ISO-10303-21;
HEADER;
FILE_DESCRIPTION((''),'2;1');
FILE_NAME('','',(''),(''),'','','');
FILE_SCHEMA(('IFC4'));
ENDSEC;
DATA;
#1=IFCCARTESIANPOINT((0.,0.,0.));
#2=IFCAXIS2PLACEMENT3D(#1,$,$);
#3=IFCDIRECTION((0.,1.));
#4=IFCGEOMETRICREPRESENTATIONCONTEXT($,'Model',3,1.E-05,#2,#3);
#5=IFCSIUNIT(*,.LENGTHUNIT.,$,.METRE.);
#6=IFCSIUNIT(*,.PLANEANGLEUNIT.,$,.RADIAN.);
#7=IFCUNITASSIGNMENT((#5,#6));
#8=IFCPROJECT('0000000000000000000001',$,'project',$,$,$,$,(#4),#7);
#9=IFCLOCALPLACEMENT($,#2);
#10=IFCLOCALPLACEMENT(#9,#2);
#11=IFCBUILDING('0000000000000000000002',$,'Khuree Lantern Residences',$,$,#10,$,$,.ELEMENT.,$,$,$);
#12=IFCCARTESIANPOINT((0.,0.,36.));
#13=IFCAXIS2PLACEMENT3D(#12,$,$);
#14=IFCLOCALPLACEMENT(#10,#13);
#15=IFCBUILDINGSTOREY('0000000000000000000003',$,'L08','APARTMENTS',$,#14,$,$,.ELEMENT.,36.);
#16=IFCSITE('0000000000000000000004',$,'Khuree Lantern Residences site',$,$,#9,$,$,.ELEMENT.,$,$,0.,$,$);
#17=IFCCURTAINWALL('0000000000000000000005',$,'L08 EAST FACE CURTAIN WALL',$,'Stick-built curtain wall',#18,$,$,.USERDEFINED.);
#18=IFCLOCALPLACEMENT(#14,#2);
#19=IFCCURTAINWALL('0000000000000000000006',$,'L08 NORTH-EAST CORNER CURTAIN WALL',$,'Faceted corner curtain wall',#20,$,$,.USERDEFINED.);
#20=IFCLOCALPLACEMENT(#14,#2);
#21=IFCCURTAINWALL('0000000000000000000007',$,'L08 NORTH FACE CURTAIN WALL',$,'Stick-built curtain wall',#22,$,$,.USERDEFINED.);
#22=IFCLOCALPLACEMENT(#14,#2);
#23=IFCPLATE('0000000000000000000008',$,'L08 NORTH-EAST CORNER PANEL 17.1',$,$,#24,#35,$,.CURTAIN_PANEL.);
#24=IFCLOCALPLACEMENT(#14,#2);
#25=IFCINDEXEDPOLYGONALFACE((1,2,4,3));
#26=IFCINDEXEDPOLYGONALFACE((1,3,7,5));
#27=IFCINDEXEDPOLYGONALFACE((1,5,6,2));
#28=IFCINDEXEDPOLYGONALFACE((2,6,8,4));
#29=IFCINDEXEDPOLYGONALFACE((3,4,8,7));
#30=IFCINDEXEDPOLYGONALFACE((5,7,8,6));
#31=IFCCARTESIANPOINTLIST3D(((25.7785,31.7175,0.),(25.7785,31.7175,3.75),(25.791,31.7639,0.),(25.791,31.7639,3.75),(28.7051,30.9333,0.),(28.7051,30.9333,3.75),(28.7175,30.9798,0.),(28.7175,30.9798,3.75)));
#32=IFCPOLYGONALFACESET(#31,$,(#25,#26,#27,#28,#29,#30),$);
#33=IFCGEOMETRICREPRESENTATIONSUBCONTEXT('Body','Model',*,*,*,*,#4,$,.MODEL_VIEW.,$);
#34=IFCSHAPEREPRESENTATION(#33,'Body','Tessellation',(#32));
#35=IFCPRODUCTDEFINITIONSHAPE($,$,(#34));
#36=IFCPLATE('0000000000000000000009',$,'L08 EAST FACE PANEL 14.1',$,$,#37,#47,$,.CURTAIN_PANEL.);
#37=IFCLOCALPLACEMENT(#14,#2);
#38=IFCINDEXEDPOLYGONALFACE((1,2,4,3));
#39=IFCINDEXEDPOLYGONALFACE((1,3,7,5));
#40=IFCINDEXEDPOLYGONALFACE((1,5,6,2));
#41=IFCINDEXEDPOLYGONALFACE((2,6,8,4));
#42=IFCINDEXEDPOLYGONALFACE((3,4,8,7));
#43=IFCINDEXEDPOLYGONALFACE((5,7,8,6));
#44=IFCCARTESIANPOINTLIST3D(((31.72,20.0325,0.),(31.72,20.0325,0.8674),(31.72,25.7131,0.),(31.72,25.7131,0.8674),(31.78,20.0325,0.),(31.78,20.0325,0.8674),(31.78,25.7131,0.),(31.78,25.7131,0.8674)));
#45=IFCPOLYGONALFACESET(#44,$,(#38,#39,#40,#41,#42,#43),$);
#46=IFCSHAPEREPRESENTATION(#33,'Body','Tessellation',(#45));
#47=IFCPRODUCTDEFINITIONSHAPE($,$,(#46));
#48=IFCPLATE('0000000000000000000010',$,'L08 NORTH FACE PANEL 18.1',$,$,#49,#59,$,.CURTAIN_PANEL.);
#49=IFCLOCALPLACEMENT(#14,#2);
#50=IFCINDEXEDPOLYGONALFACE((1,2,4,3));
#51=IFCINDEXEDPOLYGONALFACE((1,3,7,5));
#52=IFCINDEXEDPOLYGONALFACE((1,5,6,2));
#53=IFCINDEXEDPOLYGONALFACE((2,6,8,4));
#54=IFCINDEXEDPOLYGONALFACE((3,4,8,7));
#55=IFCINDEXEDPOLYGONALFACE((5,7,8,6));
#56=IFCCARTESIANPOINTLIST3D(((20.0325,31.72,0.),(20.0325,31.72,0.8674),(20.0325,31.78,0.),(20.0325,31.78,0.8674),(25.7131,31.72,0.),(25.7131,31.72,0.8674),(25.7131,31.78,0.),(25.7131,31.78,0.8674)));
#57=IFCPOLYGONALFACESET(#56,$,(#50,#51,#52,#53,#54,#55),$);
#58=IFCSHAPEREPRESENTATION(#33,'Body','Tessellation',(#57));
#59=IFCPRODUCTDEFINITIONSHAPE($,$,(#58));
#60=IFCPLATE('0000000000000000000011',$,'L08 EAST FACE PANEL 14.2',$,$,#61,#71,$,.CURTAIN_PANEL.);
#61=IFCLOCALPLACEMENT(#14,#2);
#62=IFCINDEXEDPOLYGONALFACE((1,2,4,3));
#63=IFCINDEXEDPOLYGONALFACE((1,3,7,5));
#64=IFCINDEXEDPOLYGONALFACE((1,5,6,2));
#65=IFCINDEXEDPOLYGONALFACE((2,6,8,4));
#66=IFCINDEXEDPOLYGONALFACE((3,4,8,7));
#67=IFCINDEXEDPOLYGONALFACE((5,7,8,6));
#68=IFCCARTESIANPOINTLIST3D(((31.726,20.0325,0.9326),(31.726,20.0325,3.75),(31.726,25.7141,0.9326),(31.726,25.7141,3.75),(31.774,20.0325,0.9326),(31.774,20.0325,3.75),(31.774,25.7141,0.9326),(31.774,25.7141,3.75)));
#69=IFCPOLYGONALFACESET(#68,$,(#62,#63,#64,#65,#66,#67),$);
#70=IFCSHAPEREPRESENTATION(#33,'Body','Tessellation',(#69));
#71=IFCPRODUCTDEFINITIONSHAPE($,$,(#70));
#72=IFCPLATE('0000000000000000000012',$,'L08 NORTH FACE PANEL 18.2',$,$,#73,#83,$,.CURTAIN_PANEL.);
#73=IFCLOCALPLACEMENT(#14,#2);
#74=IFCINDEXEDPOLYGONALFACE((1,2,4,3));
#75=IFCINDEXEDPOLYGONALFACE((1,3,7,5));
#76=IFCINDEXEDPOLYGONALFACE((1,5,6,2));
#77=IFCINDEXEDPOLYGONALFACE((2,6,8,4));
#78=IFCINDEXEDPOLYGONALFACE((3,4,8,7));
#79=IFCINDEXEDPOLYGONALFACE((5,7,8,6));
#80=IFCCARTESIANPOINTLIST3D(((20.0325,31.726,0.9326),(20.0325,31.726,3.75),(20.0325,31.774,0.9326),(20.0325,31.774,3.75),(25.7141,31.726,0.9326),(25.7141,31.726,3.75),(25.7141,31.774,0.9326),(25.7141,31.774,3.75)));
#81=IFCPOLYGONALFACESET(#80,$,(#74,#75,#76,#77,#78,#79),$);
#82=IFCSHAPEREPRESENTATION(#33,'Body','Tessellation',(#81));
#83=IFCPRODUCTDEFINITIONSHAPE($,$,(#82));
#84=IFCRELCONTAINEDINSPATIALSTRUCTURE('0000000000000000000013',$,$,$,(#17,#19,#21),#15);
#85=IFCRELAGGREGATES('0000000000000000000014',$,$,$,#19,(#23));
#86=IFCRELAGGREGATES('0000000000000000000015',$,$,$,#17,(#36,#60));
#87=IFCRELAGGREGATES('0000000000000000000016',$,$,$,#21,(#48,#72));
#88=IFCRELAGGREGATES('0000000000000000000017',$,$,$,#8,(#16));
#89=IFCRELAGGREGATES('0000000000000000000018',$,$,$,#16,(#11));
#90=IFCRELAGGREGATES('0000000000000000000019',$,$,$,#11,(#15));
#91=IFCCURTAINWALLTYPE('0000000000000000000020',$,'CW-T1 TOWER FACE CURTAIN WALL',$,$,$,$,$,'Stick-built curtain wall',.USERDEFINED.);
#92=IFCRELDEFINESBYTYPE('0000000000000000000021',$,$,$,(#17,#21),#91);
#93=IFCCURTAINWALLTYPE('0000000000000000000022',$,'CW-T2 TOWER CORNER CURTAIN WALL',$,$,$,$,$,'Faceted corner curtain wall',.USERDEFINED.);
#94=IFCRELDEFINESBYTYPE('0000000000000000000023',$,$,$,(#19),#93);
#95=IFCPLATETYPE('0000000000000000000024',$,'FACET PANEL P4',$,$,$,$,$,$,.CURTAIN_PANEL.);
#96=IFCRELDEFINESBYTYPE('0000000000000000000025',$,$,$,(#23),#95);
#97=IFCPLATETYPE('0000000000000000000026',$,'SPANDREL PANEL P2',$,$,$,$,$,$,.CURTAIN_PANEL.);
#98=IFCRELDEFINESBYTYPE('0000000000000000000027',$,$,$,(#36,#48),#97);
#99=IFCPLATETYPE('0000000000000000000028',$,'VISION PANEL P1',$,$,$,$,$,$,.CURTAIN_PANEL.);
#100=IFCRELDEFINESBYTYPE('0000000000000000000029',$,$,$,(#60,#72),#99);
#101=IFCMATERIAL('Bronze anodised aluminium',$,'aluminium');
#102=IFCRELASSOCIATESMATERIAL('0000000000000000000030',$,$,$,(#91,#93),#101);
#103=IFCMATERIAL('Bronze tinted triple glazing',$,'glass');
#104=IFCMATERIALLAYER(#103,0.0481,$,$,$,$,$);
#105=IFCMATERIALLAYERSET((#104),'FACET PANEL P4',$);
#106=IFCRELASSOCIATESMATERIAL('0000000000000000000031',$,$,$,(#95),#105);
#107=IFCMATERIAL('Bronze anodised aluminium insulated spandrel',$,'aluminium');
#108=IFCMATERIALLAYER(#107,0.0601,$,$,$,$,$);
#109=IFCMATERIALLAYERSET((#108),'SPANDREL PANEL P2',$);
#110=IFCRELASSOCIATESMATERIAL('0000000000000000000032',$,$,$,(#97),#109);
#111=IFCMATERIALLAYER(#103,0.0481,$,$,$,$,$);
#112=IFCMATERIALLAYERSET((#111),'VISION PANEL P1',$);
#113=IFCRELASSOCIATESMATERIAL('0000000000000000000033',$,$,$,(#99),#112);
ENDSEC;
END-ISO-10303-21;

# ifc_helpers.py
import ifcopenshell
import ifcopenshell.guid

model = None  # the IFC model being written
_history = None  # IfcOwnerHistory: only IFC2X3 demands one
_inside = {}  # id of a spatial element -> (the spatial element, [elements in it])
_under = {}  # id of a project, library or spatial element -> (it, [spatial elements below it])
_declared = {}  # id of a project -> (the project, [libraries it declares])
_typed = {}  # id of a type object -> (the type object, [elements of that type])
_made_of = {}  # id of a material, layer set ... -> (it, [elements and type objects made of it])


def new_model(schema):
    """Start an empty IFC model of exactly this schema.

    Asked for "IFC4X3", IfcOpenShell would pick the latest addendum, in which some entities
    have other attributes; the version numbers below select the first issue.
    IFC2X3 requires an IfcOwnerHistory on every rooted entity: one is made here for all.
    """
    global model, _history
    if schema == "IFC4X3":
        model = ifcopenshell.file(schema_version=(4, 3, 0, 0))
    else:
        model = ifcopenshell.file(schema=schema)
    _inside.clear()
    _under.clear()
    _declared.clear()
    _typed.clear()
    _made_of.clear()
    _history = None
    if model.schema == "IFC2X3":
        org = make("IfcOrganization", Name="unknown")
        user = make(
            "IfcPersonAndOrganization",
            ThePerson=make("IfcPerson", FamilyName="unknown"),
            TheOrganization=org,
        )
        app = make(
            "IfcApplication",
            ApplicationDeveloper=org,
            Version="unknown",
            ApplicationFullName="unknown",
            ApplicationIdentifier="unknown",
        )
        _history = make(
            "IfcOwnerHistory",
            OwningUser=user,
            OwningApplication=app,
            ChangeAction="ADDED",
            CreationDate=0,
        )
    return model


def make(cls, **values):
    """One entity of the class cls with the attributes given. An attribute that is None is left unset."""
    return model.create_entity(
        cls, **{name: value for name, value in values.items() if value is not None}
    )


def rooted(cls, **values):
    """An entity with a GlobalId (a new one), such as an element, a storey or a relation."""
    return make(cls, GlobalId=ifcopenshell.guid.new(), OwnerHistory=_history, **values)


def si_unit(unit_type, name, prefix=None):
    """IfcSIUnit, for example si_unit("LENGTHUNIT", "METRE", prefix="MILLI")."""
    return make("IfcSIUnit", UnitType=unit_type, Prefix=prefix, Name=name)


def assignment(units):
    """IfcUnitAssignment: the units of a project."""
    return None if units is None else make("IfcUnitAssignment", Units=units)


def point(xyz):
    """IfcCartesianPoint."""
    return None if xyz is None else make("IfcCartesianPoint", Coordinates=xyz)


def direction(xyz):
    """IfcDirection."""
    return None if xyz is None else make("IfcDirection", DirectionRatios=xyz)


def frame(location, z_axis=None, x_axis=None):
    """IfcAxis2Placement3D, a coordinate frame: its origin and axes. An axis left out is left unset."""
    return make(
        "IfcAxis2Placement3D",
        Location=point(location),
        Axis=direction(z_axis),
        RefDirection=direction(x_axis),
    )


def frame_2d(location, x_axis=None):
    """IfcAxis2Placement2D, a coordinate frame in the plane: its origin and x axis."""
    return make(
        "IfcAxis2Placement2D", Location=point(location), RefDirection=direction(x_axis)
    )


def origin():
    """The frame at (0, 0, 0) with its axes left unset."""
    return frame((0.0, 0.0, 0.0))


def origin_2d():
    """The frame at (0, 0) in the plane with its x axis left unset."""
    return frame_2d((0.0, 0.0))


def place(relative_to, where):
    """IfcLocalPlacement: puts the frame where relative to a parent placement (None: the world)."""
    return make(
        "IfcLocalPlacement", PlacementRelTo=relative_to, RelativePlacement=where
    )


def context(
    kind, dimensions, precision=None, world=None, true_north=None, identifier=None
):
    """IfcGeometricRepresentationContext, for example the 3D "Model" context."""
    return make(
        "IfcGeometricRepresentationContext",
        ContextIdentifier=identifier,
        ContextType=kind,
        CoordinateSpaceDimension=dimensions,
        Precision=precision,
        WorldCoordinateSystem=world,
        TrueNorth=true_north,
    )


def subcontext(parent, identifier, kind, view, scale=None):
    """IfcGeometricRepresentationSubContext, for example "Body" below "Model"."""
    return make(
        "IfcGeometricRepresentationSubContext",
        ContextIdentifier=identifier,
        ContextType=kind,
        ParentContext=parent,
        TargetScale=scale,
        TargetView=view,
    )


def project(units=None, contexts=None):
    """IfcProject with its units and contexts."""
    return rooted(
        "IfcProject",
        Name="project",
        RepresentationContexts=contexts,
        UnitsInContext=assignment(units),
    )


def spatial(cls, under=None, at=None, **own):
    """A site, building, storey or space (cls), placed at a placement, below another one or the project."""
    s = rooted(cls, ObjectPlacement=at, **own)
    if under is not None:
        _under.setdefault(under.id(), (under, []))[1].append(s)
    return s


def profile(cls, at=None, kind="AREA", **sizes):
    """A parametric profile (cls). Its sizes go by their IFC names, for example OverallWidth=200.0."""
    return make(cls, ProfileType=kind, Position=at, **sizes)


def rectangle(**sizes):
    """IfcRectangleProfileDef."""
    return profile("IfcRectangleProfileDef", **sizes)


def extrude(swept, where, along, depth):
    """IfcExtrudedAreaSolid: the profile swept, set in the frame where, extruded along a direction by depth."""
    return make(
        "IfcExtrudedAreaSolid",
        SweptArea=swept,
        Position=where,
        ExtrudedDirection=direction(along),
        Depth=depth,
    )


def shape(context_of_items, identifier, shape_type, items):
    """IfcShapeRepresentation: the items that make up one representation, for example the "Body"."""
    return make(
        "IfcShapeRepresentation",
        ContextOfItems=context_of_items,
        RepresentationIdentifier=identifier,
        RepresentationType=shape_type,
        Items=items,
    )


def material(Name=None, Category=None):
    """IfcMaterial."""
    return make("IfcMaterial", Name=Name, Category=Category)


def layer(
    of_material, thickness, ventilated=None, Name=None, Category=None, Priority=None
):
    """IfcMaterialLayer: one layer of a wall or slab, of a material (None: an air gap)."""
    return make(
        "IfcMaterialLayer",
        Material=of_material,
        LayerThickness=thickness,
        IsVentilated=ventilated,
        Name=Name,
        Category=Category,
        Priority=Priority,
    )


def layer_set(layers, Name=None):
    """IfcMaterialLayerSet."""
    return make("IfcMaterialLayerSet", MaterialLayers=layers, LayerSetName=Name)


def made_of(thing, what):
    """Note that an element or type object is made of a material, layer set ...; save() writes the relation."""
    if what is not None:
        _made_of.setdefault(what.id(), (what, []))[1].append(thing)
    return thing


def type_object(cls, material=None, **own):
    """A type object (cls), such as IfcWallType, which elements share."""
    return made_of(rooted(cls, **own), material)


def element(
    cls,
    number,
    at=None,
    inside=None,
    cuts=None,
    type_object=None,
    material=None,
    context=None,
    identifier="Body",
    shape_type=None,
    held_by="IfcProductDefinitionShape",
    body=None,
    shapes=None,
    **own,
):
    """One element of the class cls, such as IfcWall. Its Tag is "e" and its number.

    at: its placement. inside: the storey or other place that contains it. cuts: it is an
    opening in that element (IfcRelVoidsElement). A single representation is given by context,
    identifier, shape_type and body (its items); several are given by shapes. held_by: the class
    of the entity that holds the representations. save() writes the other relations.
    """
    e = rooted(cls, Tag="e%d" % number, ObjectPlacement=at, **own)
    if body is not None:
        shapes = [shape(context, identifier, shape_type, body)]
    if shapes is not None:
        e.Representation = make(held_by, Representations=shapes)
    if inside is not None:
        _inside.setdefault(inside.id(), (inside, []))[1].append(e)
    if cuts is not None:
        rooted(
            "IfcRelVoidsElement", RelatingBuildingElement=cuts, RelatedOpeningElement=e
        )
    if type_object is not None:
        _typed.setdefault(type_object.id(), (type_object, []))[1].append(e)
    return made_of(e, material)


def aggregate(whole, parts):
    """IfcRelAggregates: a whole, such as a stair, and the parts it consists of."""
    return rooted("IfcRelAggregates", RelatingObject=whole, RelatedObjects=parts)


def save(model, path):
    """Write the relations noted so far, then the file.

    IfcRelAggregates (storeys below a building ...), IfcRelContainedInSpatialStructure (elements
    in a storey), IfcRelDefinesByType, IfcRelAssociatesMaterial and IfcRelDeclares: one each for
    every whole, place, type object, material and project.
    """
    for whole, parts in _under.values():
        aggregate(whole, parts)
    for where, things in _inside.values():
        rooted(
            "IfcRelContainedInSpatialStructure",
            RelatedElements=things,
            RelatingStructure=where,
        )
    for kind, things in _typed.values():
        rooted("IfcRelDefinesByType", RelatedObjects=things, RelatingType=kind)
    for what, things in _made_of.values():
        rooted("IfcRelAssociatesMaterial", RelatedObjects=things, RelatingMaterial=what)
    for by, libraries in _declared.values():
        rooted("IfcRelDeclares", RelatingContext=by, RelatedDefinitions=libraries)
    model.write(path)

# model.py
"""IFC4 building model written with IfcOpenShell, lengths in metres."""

from ifc_helpers import new_model, si_unit, direction, frame, origin, origin_2d, place, context, subcontext, project, spatial, rectangle, extrude, material, layer, layer_set, type_object, element, aggregate, save


model = new_model("IFC4")

# Units and contexts
model_context = context("Model", 3, precision=1e-05, world=origin(), true_north=direction((0.0, 1.0)))
body_context = subcontext(model_context, "Body", "Model", "MODEL_VIEW")
ifc_project = project(units=[si_unit("LENGTHUNIT", "METRE"), si_unit("PLANEANGLEUNIT", "RADIAN")], contexts=[model_context])

# Site, building, storey
site_placement = place(None, origin())
site = spatial("IfcSite", under=ifc_project, at=site_placement, Name="Khuree Lantern Residences site", CompositionType="ELEMENT", RefElevation=0.0)
building_placement = place(site_placement, origin())
building = spatial("IfcBuilding", under=site, at=building_placement, Name="Khuree Lantern Residences", CompositionType="ELEMENT")
storey_placement = place(building_placement, frame((0.0, 0.0, 36.0)))
storey = spatial("IfcBuildingStorey", under=building, at=storey_placement, Name="L08", Description="APARTMENTS", CompositionType="ELEMENT", Elevation=36.0)

# Curtain walls
ifc_material_1 = material(Name="Bronze anodised aluminium", Category="aluminium")
curtain_wall_type_1 = type_object("IfcCurtainWallType", Name="CW-T1 TOWER FACE CURTAIN WALL", ElementType="Stick-built curtain wall", PredefinedType="USERDEFINED", material=ifc_material_1)
curtain_wall_1_placement = place(storey_placement, origin())
curtain_wall_1 = element("IfcCurtainWall", 1, at=curtain_wall_1_placement, inside=storey, type_object=curtain_wall_type_1, Name="L08 EAST FACE CURTAIN WALL", ObjectType="Stick-built curtain wall", PredefinedType="USERDEFINED")
curtain_wall_type_2 = type_object("IfcCurtainWallType", Name="CW-T2 TOWER CORNER CURTAIN WALL", ElementType="Faceted corner curtain wall", PredefinedType="USERDEFINED", material=ifc_material_1)
curtain_wall_2_placement = place(storey_placement, origin())
curtain_wall_2 = element("IfcCurtainWall", 2, at=curtain_wall_2_placement, inside=storey, type_object=curtain_wall_type_2, Name="L08 NORTH-EAST CORNER CURTAIN WALL", ObjectType="Faceted corner curtain wall", PredefinedType="USERDEFINED")

# Curtain wall
curtain_wall_3_placement = place(storey_placement, origin())
curtain_wall_3 = element("IfcCurtainWall", 3, at=curtain_wall_3_placement, inside=storey, type_object=curtain_wall_type_1, Name="L08 NORTH FACE CURTAIN WALL", ObjectType="Stick-built curtain wall", PredefinedType="USERDEFINED")

# Plates
ifc_material_2 = material(Name="Bronze tinted triple glazing", Category="glass")
ifc_layer_1 = layer(ifc_material_2, 0.0481)
ifc_layer_set_1 = layer_set([ifc_layer_1], Name="FACET PANEL P4")
plate_type_1 = type_object("IfcPlateType", Name="FACET PANEL P4", PredefinedType="CURTAIN_PANEL", material=ifc_layer_set_1)
plate_1_placement = place(storey_placement, frame((27.248, 31.3486, 0.0), z_axis=(0.0, 0.0, 1.0), x_axis=(-0.965926, 0.258819, 0.0)))
plate_1 = element("IfcPlate", 4, at=plate_1_placement, type_object=plate_type_1, Name="L08 NORTH-EAST CORNER PANEL 17.1", PredefinedType="CURTAIN_PANEL", context=body_context, shape_type="SweptSolid", body=[
    extrude(rectangle(XDim=3.0298, YDim=0.0481, at=origin_2d()), origin(), (0.0, 0.0, 1.0), 3.75),
])
aggregate(curtain_wall_2, [plate_1])
ifc_material_3 = material(Name="Bronze anodised aluminium insulated spandrel", Category="aluminium")
ifc_layer_2 = layer(ifc_material_3, 0.0601)
ifc_layer_set_2 = layer_set([ifc_layer_2], Name="SPANDREL PANEL P2")
plate_type_2 = type_object("IfcPlateType", Name="SPANDREL PANEL P2", PredefinedType="CURTAIN_PANEL", material=ifc_layer_set_2)
plate_2_placement = place(storey_placement, frame((31.75, 22.8728, 0.0), z_axis=(0.0, 0.0, 1.0), x_axis=(0.0, 1.0, 0.0)))
plate_2 = element("IfcPlate", 5, at=plate_2_placement, type_object=plate_type_2, Name="L08 EAST FACE PANEL 14.1", PredefinedType="CURTAIN_PANEL", context=body_context, shape_type="SweptSolid", body=[
    extrude(rectangle(XDim=5.6807, YDim=0.0601, at=origin_2d()), origin(), (0.0, 0.0, 1.0), 0.8674),
])
plate_3_placement = place(storey_placement, frame((22.8728, 31.75, 0.0), z_axis=(0.0, 0.0, 1.0), x_axis=(-1.0, 0.0, 0.0)))
plate_3 = element("IfcPlate", 6, at=plate_3_placement, type_object=plate_type_2, Name="L08 NORTH FACE PANEL 18.1", PredefinedType="CURTAIN_PANEL", context=body_context, shape_type="SweptSolid", body=[
    extrude(rectangle(XDim=5.6807, YDim=0.0601, at=origin_2d()), origin(), (0.0, 0.0, 1.0), 0.8674),
])
ifc_layer_3 = layer(ifc_material_2, 0.0481)
ifc_layer_set_3 = layer_set([ifc_layer_3], Name="VISION PANEL P1")
plate_type_3 = type_object("IfcPlateType", Name="VISION PANEL P1", PredefinedType="CURTAIN_PANEL", material=ifc_layer_set_3)
plate_4_placement = place(storey_placement, frame((31.75, 22.8733, 0.9326), z_axis=(0.0, 0.0, 1.0), x_axis=(0.0, 1.0, 0.0)))
plate_4 = element("IfcPlate", 7, at=plate_4_placement, type_object=plate_type_3, Name="L08 EAST FACE PANEL 14.2", PredefinedType="CURTAIN_PANEL", context=body_context, shape_type="SweptSolid", body=[
    extrude(rectangle(XDim=5.6816, YDim=0.0481, at=origin_2d()), origin(), (0.0, 0.0, 1.0), 2.8174),
])
aggregate(curtain_wall_1, [plate_2, plate_4])
plate_5_placement = place(storey_placement, frame((22.8733, 31.75, 0.9326), z_axis=(0.0, 0.0, 1.0), x_axis=(-1.0, 0.0, 0.0)))
plate_5 = element("IfcPlate", 8, at=plate_5_placement, type_object=plate_type_3, Name="L08 NORTH FACE PANEL 18.2", PredefinedType="CURTAIN_PANEL", context=body_context, shape_type="SweptSolid", body=[
    extrude(rectangle(XDim=5.6816, YDim=0.0481, at=origin_2d()), origin(), (0.0, 0.0, 1.0), 2.8174),
])
aggregate(curtain_wall_3, [plate_3, plate_5])

save(model, "model.ifc")
